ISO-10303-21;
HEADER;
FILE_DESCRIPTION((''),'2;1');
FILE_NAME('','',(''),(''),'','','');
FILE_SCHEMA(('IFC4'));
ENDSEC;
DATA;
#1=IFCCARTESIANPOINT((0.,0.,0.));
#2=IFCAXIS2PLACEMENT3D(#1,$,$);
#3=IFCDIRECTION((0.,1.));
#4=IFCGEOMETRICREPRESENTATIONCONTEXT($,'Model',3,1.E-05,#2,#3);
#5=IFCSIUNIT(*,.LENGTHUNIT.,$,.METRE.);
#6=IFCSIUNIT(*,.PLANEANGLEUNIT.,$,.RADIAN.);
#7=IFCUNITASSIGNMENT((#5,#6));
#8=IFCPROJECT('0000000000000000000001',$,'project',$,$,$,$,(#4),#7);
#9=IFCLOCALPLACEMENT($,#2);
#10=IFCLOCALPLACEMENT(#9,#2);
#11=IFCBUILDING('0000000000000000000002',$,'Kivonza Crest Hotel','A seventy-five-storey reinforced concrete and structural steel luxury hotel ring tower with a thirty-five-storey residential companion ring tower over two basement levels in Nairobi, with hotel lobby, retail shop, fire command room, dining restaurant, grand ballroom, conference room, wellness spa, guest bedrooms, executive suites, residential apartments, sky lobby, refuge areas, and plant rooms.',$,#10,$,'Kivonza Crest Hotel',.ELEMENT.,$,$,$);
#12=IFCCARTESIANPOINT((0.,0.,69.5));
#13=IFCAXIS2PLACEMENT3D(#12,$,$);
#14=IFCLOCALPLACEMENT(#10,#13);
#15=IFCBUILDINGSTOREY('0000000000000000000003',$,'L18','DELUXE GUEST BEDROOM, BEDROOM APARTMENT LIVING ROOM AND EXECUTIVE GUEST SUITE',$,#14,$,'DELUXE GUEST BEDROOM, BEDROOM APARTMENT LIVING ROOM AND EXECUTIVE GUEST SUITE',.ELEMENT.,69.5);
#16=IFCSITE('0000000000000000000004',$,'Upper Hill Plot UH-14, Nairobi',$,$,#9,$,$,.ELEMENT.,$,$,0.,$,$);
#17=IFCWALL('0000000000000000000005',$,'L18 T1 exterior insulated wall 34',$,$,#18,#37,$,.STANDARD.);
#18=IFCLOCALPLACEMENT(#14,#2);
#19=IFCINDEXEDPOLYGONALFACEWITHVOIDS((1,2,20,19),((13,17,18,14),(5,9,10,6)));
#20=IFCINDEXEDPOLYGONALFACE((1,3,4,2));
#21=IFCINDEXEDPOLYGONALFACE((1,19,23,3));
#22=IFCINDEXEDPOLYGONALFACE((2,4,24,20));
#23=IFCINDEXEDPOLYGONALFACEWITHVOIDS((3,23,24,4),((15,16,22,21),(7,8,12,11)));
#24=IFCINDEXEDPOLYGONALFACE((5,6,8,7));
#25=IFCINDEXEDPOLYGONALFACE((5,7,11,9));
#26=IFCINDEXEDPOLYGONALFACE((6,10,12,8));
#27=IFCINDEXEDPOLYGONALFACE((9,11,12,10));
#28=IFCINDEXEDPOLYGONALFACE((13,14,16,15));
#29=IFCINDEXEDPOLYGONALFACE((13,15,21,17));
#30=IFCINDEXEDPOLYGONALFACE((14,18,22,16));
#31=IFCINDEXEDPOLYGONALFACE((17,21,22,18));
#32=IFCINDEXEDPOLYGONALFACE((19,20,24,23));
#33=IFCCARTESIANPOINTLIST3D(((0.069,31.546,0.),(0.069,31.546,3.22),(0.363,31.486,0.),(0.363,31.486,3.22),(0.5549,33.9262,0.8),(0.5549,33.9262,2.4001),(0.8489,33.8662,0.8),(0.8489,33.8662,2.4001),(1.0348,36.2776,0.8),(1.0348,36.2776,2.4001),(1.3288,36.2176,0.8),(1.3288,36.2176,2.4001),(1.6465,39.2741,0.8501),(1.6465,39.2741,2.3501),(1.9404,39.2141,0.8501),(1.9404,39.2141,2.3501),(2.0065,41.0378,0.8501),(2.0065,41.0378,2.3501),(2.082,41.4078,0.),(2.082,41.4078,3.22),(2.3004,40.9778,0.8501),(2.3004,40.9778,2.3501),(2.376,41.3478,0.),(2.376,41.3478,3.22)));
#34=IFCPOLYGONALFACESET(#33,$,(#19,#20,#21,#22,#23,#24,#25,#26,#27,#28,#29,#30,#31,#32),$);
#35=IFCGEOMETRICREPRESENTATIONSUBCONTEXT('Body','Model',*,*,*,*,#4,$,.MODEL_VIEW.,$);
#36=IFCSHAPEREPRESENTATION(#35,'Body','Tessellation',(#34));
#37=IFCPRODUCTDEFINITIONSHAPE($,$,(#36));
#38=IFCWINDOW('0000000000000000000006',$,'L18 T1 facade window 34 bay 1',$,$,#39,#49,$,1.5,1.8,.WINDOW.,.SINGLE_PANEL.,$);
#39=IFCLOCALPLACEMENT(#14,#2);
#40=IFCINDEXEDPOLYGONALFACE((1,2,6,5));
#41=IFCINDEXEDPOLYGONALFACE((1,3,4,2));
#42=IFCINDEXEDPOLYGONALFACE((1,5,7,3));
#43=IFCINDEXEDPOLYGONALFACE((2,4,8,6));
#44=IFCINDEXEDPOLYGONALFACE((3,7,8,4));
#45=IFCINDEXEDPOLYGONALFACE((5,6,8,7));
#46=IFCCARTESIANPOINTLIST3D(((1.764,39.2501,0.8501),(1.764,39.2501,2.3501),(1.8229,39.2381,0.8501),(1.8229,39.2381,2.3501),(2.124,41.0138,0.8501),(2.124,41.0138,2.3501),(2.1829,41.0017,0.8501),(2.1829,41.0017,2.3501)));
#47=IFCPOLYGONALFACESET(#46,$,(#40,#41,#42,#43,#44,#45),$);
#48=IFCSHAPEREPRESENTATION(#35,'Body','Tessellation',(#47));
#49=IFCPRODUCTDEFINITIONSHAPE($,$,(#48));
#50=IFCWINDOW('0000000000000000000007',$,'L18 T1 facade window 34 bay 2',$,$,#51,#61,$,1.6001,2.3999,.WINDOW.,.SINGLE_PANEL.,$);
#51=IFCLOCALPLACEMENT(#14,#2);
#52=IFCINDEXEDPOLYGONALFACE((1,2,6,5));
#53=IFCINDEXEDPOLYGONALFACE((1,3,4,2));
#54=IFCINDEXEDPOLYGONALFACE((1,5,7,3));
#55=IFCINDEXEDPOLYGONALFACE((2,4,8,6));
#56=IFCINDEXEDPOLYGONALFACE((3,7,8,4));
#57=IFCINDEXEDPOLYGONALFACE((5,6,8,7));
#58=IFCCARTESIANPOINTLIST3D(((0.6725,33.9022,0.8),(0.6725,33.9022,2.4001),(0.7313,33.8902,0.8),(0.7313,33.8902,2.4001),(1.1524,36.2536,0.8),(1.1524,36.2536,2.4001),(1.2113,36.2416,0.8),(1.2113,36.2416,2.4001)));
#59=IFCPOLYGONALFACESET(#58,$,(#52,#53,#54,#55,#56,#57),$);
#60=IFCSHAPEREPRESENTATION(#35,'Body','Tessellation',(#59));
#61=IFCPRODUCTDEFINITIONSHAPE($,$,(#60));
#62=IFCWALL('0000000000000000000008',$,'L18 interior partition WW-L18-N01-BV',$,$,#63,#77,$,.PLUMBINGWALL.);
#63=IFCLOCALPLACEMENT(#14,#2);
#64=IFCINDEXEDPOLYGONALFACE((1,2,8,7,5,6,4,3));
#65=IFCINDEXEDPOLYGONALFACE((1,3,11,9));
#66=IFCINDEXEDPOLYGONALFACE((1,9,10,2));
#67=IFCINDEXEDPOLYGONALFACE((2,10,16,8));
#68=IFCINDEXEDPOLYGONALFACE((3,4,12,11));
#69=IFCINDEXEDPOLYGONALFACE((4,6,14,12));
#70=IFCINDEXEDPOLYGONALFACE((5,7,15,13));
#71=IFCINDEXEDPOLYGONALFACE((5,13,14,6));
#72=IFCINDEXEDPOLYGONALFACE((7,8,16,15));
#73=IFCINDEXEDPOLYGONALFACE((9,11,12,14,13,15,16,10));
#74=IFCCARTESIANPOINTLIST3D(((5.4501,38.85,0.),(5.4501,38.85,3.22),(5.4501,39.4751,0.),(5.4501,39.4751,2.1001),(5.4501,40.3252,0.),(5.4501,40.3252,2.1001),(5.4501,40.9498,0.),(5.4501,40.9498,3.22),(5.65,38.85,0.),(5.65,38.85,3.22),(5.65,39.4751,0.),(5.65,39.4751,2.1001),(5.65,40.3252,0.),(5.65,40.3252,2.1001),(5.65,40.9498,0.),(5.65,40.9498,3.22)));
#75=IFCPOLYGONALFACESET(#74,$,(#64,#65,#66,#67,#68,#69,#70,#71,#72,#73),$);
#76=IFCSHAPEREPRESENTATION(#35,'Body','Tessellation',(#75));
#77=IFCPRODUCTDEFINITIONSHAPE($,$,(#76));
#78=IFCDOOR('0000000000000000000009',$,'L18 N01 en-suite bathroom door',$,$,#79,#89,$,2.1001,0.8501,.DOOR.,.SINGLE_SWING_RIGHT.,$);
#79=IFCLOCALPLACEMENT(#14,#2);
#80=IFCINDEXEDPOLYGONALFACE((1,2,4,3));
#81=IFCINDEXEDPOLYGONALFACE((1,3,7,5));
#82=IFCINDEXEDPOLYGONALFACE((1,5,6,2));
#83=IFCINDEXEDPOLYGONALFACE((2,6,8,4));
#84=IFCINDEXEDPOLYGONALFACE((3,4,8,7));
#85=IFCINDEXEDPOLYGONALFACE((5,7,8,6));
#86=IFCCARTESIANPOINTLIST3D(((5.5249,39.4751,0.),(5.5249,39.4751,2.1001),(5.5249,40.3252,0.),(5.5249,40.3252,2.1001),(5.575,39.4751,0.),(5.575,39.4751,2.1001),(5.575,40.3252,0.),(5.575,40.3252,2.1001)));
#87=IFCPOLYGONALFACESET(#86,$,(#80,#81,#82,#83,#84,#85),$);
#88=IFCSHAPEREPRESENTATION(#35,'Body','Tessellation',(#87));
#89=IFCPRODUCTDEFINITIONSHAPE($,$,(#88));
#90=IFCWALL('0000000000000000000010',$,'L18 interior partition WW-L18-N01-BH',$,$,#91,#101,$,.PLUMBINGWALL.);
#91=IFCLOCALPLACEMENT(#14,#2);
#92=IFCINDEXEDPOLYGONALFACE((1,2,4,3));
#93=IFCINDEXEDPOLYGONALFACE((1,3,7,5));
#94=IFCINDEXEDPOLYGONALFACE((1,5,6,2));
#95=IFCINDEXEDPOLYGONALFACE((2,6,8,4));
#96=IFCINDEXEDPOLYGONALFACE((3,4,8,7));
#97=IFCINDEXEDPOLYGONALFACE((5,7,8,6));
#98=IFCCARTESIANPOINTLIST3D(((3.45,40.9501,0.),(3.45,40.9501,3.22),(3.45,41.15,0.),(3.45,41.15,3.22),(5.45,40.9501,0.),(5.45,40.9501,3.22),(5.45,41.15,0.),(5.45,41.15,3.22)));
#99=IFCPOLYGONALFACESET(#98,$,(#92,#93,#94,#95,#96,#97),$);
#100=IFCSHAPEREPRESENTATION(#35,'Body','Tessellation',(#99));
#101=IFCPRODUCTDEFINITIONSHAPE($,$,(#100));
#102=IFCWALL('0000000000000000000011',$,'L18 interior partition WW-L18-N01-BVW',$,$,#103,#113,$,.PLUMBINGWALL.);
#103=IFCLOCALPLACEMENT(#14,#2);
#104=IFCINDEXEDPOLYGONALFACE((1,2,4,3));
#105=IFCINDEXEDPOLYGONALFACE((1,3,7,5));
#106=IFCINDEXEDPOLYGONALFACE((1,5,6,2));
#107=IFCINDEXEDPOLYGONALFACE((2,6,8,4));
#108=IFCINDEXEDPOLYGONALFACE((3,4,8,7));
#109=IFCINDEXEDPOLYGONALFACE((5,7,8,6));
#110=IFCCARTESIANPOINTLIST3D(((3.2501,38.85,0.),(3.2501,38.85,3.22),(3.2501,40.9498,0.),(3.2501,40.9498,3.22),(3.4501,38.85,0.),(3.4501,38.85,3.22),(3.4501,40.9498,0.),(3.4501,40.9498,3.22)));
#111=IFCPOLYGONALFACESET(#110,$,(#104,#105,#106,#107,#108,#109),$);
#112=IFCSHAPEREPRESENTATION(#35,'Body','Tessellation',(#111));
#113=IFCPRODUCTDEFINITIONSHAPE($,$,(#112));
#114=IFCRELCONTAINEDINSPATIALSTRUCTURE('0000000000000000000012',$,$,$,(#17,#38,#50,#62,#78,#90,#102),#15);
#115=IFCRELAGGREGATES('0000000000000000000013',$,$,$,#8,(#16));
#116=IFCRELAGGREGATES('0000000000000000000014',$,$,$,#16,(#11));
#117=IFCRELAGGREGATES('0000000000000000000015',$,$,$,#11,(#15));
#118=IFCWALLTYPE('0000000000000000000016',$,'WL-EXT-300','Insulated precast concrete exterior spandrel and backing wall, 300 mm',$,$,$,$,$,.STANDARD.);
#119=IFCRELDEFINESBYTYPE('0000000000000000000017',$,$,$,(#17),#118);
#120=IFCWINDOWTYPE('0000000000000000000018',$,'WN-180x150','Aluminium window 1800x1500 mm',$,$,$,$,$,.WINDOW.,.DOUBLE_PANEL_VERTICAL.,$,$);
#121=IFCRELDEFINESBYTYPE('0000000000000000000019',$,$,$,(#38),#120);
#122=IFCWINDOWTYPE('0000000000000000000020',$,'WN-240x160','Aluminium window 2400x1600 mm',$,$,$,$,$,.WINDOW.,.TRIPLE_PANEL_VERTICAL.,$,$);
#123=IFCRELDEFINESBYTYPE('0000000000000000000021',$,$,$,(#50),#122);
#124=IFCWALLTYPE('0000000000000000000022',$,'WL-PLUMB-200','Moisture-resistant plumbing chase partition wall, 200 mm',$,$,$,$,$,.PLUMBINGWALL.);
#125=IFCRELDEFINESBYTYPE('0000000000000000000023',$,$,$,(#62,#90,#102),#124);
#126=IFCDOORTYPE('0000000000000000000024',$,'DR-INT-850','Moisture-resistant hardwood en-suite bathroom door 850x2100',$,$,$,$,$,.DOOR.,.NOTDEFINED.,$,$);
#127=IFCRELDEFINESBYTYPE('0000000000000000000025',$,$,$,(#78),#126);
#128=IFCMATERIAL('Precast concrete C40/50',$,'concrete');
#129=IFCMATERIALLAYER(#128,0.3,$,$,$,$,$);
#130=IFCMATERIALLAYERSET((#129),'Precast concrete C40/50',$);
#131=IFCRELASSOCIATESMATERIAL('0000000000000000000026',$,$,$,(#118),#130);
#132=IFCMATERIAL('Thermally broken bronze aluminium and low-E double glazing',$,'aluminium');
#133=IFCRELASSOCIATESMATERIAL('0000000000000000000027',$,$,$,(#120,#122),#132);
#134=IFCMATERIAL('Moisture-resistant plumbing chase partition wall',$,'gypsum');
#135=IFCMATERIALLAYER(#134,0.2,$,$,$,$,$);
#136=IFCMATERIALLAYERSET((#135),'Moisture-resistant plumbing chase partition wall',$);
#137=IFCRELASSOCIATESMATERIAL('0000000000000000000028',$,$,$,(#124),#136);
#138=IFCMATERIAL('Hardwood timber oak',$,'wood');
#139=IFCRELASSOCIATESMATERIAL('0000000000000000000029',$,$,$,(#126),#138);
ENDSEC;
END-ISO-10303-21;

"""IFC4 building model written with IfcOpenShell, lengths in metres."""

from ifc_helpers import new_model, si_unit, direction, frame, frame_2d, origin, place, context, subcontext, project, spatial, rectangle, extrude, material, layer, layer_set, type_object, element, fill, save


model = new_model("IFC4")

# Units and contexts
model_context = context("Model", 3, precision=1e-05, world=origin(), true_north=direction((0.0, 1.0)))
body_context = subcontext(model_context, "Body", "Model", "MODEL_VIEW")
ifc_project = project(units=[si_unit("LENGTHUNIT", "METRE"), si_unit("PLANEANGLEUNIT", "RADIAN")], contexts=[model_context])

# Site, building, storey
site_placement = place(None, origin())
site = spatial("IfcSite", under=ifc_project, at=site_placement, Name="Upper Hill Plot UH-14, Nairobi", CompositionType="ELEMENT", RefElevation=0.0)
building_placement = place(site_placement, origin())
building = spatial("IfcBuilding", under=site, at=building_placement, Name="Kivonza Crest Hotel", Description="A seventy-five-storey reinforced concrete and structural steel luxury hotel ring tower with a thirty-five-storey residential companion ring tower over two basement levels in Nairobi, with hotel lobby, retail shop, fire command room, dining restaurant, grand ballroom, conference room, wellness spa, guest bedrooms, executive suites, residential apartments, sky lobby, refuge areas, and plant rooms.", LongName="Kivonza Crest Hotel", CompositionType="ELEMENT")
storey_placement = place(building_placement, frame((0.0, 0.0, 69.5)))
storey = spatial("IfcBuildingStorey", under=building, at=storey_placement, Name="L18", Description="DELUXE GUEST BEDROOM, BEDROOM APARTMENT LIVING ROOM AND EXECUTIVE GUEST SUITE", LongName="DELUXE GUEST BEDROOM, BEDROOM APARTMENT LIVING ROOM AND EXECUTIVE GUEST SUITE", CompositionType="ELEMENT", Elevation=69.5)

# Shared definitions
ifc_material_1 = material(Name="Hardwood timber oak", Category="wood")

# Shared definitions
ifc_material_2 = material(Name="Precast concrete C40/50", Category="concrete")
ifc_layer_1 = layer(ifc_material_2, 0.3)
ifc_layer_set_1 = layer_set([ifc_layer_1], Name="Precast concrete C40/50")
wall_type_1 = type_object("IfcWallType", Name="WL-EXT-300", Description="Insulated precast concrete exterior spandrel and backing wall, 300 mm", PredefinedType="STANDARD", material=ifc_layer_set_1)

# Wall, openings, windows
wall_1_placement = place(storey_placement, frame((2.229, 41.3779, 0.0), z_axis=(0.0, 0.0, 1.0), x_axis=(-0.199991, -0.979798, 0.0)))
wall_1 = element("IfcWall", 1, at=wall_1_placement, inside=storey, type_object=wall_type_1, Name="L18 T1 exterior insulated wall 34", PredefinedType="STANDARD", context=body_context, shape_type="SweptSolid", body=[
    extrude(rectangle(XDim=10.0652, YDim=0.3, at=frame_2d((5.0327, 0.0))), origin(), (0.0, 0.0, 1.0), 3.22),
])
opening_1_placement = place(wall_1_placement, frame((0.3779, 0.0, 0.8501)))
opening_1 = element("IfcOpeningElement", 2, at=opening_1_placement, cuts=wall_1, PredefinedType="OPENING", context=body_context, shape_type="SweptSolid", body=[
    extrude(rectangle(XDim=1.8, YDim=1.5, at=frame_2d((0.8999, 0.75))), frame((0.0, 0.1602, 0.0), z_axis=(0.0, -1.0, 0.0), x_axis=(1.0, 0.0, 0.0)), (0.0, 0.0, 1.0), 0.3201),
])
opening_2_placement = place(wall_1_placement, frame((5.2361, 0.0, 0.8)))
opening_2 = element("IfcOpeningElement", 3, at=opening_2_placement, cuts=wall_1, PredefinedType="OPENING", context=body_context, shape_type="SweptSolid", body=[
    extrude(rectangle(XDim=2.3999, YDim=1.6001, at=frame_2d((1.2, 0.8))), frame((0.0, 0.1602, 0.0), z_axis=(0.0, -1.0, 0.0), x_axis=(1.0, 0.0, 0.0)), (0.0, 0.0, 1.0), 0.3201),
])
ifc_material_3 = material(Name="Thermally broken bronze aluminium and low-E double glazing", Category="aluminium")
window_type_1 = type_object("IfcWindowType", Name="WN-180x150", Description="Aluminium window 1800x1500 mm", PartitioningType="DOUBLE_PANEL_VERTICAL", PredefinedType="WINDOW", material=ifc_material_3)
window_1_placement = place(opening_1_placement, origin())
window_1 = element("IfcWindow", 4, at=window_1_placement, inside=storey, type_object=window_type_1, Name="L18 T1 facade window 34 bay 1", OverallHeight=1.5, OverallWidth=1.8, PartitioningType="SINGLE_PANEL", PredefinedType="WINDOW", context=body_context, shape_type="SweptSolid", body=[
    extrude(rectangle(XDim=1.8, YDim=1.5, at=frame_2d((0.8999, 0.75))), frame((0.0, 0.03, 0.0), z_axis=(0.0, -1.0, 0.0), x_axis=(1.0, 0.0, 0.0)), (0.0, 0.0, 1.0), 0.0601),
])
fill(opening_1, window_1)
window_type_2 = type_object("IfcWindowType", Name="WN-240x160", Description="Aluminium window 2400x1600 mm", PartitioningType="TRIPLE_PANEL_VERTICAL", PredefinedType="WINDOW", material=ifc_material_3)
window_2_placement = place(opening_2_placement, origin())
window_2 = element("IfcWindow", 5, at=window_2_placement, inside=storey, type_object=window_type_2, Name="L18 T1 facade window 34 bay 2", OverallHeight=1.6001, OverallWidth=2.3999, PartitioningType="SINGLE_PANEL", PredefinedType="WINDOW", context=body_context, shape_type="SweptSolid", body=[
    extrude(rectangle(XDim=2.3999, YDim=1.6001, at=frame_2d((1.2, 0.8))), frame((0.0, 0.03, 0.0), z_axis=(0.0, -1.0, 0.0), x_axis=(1.0, 0.0, 0.0)), (0.0, 0.0, 1.0), 0.0601),
])
fill(opening_2, window_2)

# Wall, opening, door
ifc_material_4 = material(Name="Moisture-resistant plumbing chase partition wall", Category="gypsum")
ifc_layer_2 = layer(ifc_material_4, 0.2)
ifc_layer_set_2 = layer_set([ifc_layer_2], Name="Moisture-resistant plumbing chase partition wall")
wall_type_2 = type_object("IfcWallType", Name="WL-PLUMB-200", Description="Moisture-resistant plumbing chase partition wall, 200 mm", PredefinedType="PLUMBINGWALL", material=ifc_layer_set_2)
wall_2_placement = place(storey_placement, frame((5.55, 38.8501, 0.0), z_axis=(0.0, 0.0, 1.0), x_axis=(0.0, 1.0, 0.0)))
wall_2 = element("IfcWall", 6, at=wall_2_placement, inside=storey, type_object=wall_type_2, Name="L18 interior partition WW-L18-N01-BV", PredefinedType="PLUMBINGWALL", context=body_context, shape_type="SweptSolid", body=[
    extrude(rectangle(XDim=2.0999, YDim=0.2, at=frame_2d((1.0498, 0.0))), origin(), (0.0, 0.0, 1.0), 3.22),
])
opening_3_placement = place(wall_2_placement, frame((0.625, 0.0, 0.0)))
opening_3 = element("IfcOpeningElement", 7, at=opening_3_placement, cuts=wall_2, PredefinedType="OPENING", context=body_context, shape_type="SweptSolid", body=[
    extrude(rectangle(XDim=0.8501, YDim=2.1001, at=frame_2d((0.425, 1.05))), frame((0.0, 0.1099, 0.0), z_axis=(0.0, -1.0, 0.0), x_axis=(1.0, 0.0, 0.0)), (0.0, 0.0, 1.0), 0.22),
])
door_type_1 = type_object("IfcDoorType", Name="DR-INT-850", Description="Moisture-resistant hardwood en-suite bathroom door 850x2100", OperationType="NOTDEFINED", PredefinedType="DOOR", material=ifc_material_1)
door_1_placement = place(opening_3_placement, frame((0.8501, 0.0, 0.0), z_axis=(0.0, 0.0, 1.0), x_axis=(-1.0, 0.0, 0.0)))
door_1 = element("IfcDoor", 8, at=door_1_placement, inside=storey, type_object=door_type_1, Name="L18 N01 en-suite bathroom door", OperationType="SINGLE_SWING_RIGHT", OverallHeight=2.1001, OverallWidth=0.8501, PredefinedType="DOOR", context=body_context, shape_type="SweptSolid", body=[
    extrude(rectangle(XDim=0.8501, YDim=2.1001, at=frame_2d((0.425, 1.05))), frame((0.0, 0.0249, 0.0), z_axis=(0.0, -1.0, 0.0), x_axis=(1.0, 0.0, 0.0)), (0.0, 0.0, 1.0), 0.05),
])
fill(opening_3, door_1)

# Walls
wall_3_placement = place(storey_placement, frame((3.45, 41.05, 0.0), z_axis=(0.0, 0.0, 1.0), x_axis=(1.0, 0.0, 0.0)))
element("IfcWall", 9, at=wall_3_placement, inside=storey, type_object=wall_type_2, Name="L18 interior partition WW-L18-N01-BH", PredefinedType="PLUMBINGWALL", context=body_context, shape_type="SweptSolid", body=[
    extrude(rectangle(XDim=2.0, YDim=0.2, at=frame_2d((1.0, 0.0))), origin(), (0.0, 0.0, 1.0), 3.22),
])
wall_4_placement = place(storey_placement, frame((3.3501, 38.8501, 0.0), z_axis=(0.0, 0.0, 1.0), x_axis=(0.0, 1.0, 0.0)))
element("IfcWall", 10, at=wall_4_placement, inside=storey, type_object=wall_type_2, Name="L18 interior partition WW-L18-N01-BVW", PredefinedType="PLUMBINGWALL", context=body_context, shape_type="SweptSolid", body=[
    extrude(rectangle(XDim=2.0999, YDim=0.2, at=frame_2d((1.0498, 0.0))), origin(), (0.0, 0.0, 1.0), 3.22),
])

save(model, "model.ifc")
